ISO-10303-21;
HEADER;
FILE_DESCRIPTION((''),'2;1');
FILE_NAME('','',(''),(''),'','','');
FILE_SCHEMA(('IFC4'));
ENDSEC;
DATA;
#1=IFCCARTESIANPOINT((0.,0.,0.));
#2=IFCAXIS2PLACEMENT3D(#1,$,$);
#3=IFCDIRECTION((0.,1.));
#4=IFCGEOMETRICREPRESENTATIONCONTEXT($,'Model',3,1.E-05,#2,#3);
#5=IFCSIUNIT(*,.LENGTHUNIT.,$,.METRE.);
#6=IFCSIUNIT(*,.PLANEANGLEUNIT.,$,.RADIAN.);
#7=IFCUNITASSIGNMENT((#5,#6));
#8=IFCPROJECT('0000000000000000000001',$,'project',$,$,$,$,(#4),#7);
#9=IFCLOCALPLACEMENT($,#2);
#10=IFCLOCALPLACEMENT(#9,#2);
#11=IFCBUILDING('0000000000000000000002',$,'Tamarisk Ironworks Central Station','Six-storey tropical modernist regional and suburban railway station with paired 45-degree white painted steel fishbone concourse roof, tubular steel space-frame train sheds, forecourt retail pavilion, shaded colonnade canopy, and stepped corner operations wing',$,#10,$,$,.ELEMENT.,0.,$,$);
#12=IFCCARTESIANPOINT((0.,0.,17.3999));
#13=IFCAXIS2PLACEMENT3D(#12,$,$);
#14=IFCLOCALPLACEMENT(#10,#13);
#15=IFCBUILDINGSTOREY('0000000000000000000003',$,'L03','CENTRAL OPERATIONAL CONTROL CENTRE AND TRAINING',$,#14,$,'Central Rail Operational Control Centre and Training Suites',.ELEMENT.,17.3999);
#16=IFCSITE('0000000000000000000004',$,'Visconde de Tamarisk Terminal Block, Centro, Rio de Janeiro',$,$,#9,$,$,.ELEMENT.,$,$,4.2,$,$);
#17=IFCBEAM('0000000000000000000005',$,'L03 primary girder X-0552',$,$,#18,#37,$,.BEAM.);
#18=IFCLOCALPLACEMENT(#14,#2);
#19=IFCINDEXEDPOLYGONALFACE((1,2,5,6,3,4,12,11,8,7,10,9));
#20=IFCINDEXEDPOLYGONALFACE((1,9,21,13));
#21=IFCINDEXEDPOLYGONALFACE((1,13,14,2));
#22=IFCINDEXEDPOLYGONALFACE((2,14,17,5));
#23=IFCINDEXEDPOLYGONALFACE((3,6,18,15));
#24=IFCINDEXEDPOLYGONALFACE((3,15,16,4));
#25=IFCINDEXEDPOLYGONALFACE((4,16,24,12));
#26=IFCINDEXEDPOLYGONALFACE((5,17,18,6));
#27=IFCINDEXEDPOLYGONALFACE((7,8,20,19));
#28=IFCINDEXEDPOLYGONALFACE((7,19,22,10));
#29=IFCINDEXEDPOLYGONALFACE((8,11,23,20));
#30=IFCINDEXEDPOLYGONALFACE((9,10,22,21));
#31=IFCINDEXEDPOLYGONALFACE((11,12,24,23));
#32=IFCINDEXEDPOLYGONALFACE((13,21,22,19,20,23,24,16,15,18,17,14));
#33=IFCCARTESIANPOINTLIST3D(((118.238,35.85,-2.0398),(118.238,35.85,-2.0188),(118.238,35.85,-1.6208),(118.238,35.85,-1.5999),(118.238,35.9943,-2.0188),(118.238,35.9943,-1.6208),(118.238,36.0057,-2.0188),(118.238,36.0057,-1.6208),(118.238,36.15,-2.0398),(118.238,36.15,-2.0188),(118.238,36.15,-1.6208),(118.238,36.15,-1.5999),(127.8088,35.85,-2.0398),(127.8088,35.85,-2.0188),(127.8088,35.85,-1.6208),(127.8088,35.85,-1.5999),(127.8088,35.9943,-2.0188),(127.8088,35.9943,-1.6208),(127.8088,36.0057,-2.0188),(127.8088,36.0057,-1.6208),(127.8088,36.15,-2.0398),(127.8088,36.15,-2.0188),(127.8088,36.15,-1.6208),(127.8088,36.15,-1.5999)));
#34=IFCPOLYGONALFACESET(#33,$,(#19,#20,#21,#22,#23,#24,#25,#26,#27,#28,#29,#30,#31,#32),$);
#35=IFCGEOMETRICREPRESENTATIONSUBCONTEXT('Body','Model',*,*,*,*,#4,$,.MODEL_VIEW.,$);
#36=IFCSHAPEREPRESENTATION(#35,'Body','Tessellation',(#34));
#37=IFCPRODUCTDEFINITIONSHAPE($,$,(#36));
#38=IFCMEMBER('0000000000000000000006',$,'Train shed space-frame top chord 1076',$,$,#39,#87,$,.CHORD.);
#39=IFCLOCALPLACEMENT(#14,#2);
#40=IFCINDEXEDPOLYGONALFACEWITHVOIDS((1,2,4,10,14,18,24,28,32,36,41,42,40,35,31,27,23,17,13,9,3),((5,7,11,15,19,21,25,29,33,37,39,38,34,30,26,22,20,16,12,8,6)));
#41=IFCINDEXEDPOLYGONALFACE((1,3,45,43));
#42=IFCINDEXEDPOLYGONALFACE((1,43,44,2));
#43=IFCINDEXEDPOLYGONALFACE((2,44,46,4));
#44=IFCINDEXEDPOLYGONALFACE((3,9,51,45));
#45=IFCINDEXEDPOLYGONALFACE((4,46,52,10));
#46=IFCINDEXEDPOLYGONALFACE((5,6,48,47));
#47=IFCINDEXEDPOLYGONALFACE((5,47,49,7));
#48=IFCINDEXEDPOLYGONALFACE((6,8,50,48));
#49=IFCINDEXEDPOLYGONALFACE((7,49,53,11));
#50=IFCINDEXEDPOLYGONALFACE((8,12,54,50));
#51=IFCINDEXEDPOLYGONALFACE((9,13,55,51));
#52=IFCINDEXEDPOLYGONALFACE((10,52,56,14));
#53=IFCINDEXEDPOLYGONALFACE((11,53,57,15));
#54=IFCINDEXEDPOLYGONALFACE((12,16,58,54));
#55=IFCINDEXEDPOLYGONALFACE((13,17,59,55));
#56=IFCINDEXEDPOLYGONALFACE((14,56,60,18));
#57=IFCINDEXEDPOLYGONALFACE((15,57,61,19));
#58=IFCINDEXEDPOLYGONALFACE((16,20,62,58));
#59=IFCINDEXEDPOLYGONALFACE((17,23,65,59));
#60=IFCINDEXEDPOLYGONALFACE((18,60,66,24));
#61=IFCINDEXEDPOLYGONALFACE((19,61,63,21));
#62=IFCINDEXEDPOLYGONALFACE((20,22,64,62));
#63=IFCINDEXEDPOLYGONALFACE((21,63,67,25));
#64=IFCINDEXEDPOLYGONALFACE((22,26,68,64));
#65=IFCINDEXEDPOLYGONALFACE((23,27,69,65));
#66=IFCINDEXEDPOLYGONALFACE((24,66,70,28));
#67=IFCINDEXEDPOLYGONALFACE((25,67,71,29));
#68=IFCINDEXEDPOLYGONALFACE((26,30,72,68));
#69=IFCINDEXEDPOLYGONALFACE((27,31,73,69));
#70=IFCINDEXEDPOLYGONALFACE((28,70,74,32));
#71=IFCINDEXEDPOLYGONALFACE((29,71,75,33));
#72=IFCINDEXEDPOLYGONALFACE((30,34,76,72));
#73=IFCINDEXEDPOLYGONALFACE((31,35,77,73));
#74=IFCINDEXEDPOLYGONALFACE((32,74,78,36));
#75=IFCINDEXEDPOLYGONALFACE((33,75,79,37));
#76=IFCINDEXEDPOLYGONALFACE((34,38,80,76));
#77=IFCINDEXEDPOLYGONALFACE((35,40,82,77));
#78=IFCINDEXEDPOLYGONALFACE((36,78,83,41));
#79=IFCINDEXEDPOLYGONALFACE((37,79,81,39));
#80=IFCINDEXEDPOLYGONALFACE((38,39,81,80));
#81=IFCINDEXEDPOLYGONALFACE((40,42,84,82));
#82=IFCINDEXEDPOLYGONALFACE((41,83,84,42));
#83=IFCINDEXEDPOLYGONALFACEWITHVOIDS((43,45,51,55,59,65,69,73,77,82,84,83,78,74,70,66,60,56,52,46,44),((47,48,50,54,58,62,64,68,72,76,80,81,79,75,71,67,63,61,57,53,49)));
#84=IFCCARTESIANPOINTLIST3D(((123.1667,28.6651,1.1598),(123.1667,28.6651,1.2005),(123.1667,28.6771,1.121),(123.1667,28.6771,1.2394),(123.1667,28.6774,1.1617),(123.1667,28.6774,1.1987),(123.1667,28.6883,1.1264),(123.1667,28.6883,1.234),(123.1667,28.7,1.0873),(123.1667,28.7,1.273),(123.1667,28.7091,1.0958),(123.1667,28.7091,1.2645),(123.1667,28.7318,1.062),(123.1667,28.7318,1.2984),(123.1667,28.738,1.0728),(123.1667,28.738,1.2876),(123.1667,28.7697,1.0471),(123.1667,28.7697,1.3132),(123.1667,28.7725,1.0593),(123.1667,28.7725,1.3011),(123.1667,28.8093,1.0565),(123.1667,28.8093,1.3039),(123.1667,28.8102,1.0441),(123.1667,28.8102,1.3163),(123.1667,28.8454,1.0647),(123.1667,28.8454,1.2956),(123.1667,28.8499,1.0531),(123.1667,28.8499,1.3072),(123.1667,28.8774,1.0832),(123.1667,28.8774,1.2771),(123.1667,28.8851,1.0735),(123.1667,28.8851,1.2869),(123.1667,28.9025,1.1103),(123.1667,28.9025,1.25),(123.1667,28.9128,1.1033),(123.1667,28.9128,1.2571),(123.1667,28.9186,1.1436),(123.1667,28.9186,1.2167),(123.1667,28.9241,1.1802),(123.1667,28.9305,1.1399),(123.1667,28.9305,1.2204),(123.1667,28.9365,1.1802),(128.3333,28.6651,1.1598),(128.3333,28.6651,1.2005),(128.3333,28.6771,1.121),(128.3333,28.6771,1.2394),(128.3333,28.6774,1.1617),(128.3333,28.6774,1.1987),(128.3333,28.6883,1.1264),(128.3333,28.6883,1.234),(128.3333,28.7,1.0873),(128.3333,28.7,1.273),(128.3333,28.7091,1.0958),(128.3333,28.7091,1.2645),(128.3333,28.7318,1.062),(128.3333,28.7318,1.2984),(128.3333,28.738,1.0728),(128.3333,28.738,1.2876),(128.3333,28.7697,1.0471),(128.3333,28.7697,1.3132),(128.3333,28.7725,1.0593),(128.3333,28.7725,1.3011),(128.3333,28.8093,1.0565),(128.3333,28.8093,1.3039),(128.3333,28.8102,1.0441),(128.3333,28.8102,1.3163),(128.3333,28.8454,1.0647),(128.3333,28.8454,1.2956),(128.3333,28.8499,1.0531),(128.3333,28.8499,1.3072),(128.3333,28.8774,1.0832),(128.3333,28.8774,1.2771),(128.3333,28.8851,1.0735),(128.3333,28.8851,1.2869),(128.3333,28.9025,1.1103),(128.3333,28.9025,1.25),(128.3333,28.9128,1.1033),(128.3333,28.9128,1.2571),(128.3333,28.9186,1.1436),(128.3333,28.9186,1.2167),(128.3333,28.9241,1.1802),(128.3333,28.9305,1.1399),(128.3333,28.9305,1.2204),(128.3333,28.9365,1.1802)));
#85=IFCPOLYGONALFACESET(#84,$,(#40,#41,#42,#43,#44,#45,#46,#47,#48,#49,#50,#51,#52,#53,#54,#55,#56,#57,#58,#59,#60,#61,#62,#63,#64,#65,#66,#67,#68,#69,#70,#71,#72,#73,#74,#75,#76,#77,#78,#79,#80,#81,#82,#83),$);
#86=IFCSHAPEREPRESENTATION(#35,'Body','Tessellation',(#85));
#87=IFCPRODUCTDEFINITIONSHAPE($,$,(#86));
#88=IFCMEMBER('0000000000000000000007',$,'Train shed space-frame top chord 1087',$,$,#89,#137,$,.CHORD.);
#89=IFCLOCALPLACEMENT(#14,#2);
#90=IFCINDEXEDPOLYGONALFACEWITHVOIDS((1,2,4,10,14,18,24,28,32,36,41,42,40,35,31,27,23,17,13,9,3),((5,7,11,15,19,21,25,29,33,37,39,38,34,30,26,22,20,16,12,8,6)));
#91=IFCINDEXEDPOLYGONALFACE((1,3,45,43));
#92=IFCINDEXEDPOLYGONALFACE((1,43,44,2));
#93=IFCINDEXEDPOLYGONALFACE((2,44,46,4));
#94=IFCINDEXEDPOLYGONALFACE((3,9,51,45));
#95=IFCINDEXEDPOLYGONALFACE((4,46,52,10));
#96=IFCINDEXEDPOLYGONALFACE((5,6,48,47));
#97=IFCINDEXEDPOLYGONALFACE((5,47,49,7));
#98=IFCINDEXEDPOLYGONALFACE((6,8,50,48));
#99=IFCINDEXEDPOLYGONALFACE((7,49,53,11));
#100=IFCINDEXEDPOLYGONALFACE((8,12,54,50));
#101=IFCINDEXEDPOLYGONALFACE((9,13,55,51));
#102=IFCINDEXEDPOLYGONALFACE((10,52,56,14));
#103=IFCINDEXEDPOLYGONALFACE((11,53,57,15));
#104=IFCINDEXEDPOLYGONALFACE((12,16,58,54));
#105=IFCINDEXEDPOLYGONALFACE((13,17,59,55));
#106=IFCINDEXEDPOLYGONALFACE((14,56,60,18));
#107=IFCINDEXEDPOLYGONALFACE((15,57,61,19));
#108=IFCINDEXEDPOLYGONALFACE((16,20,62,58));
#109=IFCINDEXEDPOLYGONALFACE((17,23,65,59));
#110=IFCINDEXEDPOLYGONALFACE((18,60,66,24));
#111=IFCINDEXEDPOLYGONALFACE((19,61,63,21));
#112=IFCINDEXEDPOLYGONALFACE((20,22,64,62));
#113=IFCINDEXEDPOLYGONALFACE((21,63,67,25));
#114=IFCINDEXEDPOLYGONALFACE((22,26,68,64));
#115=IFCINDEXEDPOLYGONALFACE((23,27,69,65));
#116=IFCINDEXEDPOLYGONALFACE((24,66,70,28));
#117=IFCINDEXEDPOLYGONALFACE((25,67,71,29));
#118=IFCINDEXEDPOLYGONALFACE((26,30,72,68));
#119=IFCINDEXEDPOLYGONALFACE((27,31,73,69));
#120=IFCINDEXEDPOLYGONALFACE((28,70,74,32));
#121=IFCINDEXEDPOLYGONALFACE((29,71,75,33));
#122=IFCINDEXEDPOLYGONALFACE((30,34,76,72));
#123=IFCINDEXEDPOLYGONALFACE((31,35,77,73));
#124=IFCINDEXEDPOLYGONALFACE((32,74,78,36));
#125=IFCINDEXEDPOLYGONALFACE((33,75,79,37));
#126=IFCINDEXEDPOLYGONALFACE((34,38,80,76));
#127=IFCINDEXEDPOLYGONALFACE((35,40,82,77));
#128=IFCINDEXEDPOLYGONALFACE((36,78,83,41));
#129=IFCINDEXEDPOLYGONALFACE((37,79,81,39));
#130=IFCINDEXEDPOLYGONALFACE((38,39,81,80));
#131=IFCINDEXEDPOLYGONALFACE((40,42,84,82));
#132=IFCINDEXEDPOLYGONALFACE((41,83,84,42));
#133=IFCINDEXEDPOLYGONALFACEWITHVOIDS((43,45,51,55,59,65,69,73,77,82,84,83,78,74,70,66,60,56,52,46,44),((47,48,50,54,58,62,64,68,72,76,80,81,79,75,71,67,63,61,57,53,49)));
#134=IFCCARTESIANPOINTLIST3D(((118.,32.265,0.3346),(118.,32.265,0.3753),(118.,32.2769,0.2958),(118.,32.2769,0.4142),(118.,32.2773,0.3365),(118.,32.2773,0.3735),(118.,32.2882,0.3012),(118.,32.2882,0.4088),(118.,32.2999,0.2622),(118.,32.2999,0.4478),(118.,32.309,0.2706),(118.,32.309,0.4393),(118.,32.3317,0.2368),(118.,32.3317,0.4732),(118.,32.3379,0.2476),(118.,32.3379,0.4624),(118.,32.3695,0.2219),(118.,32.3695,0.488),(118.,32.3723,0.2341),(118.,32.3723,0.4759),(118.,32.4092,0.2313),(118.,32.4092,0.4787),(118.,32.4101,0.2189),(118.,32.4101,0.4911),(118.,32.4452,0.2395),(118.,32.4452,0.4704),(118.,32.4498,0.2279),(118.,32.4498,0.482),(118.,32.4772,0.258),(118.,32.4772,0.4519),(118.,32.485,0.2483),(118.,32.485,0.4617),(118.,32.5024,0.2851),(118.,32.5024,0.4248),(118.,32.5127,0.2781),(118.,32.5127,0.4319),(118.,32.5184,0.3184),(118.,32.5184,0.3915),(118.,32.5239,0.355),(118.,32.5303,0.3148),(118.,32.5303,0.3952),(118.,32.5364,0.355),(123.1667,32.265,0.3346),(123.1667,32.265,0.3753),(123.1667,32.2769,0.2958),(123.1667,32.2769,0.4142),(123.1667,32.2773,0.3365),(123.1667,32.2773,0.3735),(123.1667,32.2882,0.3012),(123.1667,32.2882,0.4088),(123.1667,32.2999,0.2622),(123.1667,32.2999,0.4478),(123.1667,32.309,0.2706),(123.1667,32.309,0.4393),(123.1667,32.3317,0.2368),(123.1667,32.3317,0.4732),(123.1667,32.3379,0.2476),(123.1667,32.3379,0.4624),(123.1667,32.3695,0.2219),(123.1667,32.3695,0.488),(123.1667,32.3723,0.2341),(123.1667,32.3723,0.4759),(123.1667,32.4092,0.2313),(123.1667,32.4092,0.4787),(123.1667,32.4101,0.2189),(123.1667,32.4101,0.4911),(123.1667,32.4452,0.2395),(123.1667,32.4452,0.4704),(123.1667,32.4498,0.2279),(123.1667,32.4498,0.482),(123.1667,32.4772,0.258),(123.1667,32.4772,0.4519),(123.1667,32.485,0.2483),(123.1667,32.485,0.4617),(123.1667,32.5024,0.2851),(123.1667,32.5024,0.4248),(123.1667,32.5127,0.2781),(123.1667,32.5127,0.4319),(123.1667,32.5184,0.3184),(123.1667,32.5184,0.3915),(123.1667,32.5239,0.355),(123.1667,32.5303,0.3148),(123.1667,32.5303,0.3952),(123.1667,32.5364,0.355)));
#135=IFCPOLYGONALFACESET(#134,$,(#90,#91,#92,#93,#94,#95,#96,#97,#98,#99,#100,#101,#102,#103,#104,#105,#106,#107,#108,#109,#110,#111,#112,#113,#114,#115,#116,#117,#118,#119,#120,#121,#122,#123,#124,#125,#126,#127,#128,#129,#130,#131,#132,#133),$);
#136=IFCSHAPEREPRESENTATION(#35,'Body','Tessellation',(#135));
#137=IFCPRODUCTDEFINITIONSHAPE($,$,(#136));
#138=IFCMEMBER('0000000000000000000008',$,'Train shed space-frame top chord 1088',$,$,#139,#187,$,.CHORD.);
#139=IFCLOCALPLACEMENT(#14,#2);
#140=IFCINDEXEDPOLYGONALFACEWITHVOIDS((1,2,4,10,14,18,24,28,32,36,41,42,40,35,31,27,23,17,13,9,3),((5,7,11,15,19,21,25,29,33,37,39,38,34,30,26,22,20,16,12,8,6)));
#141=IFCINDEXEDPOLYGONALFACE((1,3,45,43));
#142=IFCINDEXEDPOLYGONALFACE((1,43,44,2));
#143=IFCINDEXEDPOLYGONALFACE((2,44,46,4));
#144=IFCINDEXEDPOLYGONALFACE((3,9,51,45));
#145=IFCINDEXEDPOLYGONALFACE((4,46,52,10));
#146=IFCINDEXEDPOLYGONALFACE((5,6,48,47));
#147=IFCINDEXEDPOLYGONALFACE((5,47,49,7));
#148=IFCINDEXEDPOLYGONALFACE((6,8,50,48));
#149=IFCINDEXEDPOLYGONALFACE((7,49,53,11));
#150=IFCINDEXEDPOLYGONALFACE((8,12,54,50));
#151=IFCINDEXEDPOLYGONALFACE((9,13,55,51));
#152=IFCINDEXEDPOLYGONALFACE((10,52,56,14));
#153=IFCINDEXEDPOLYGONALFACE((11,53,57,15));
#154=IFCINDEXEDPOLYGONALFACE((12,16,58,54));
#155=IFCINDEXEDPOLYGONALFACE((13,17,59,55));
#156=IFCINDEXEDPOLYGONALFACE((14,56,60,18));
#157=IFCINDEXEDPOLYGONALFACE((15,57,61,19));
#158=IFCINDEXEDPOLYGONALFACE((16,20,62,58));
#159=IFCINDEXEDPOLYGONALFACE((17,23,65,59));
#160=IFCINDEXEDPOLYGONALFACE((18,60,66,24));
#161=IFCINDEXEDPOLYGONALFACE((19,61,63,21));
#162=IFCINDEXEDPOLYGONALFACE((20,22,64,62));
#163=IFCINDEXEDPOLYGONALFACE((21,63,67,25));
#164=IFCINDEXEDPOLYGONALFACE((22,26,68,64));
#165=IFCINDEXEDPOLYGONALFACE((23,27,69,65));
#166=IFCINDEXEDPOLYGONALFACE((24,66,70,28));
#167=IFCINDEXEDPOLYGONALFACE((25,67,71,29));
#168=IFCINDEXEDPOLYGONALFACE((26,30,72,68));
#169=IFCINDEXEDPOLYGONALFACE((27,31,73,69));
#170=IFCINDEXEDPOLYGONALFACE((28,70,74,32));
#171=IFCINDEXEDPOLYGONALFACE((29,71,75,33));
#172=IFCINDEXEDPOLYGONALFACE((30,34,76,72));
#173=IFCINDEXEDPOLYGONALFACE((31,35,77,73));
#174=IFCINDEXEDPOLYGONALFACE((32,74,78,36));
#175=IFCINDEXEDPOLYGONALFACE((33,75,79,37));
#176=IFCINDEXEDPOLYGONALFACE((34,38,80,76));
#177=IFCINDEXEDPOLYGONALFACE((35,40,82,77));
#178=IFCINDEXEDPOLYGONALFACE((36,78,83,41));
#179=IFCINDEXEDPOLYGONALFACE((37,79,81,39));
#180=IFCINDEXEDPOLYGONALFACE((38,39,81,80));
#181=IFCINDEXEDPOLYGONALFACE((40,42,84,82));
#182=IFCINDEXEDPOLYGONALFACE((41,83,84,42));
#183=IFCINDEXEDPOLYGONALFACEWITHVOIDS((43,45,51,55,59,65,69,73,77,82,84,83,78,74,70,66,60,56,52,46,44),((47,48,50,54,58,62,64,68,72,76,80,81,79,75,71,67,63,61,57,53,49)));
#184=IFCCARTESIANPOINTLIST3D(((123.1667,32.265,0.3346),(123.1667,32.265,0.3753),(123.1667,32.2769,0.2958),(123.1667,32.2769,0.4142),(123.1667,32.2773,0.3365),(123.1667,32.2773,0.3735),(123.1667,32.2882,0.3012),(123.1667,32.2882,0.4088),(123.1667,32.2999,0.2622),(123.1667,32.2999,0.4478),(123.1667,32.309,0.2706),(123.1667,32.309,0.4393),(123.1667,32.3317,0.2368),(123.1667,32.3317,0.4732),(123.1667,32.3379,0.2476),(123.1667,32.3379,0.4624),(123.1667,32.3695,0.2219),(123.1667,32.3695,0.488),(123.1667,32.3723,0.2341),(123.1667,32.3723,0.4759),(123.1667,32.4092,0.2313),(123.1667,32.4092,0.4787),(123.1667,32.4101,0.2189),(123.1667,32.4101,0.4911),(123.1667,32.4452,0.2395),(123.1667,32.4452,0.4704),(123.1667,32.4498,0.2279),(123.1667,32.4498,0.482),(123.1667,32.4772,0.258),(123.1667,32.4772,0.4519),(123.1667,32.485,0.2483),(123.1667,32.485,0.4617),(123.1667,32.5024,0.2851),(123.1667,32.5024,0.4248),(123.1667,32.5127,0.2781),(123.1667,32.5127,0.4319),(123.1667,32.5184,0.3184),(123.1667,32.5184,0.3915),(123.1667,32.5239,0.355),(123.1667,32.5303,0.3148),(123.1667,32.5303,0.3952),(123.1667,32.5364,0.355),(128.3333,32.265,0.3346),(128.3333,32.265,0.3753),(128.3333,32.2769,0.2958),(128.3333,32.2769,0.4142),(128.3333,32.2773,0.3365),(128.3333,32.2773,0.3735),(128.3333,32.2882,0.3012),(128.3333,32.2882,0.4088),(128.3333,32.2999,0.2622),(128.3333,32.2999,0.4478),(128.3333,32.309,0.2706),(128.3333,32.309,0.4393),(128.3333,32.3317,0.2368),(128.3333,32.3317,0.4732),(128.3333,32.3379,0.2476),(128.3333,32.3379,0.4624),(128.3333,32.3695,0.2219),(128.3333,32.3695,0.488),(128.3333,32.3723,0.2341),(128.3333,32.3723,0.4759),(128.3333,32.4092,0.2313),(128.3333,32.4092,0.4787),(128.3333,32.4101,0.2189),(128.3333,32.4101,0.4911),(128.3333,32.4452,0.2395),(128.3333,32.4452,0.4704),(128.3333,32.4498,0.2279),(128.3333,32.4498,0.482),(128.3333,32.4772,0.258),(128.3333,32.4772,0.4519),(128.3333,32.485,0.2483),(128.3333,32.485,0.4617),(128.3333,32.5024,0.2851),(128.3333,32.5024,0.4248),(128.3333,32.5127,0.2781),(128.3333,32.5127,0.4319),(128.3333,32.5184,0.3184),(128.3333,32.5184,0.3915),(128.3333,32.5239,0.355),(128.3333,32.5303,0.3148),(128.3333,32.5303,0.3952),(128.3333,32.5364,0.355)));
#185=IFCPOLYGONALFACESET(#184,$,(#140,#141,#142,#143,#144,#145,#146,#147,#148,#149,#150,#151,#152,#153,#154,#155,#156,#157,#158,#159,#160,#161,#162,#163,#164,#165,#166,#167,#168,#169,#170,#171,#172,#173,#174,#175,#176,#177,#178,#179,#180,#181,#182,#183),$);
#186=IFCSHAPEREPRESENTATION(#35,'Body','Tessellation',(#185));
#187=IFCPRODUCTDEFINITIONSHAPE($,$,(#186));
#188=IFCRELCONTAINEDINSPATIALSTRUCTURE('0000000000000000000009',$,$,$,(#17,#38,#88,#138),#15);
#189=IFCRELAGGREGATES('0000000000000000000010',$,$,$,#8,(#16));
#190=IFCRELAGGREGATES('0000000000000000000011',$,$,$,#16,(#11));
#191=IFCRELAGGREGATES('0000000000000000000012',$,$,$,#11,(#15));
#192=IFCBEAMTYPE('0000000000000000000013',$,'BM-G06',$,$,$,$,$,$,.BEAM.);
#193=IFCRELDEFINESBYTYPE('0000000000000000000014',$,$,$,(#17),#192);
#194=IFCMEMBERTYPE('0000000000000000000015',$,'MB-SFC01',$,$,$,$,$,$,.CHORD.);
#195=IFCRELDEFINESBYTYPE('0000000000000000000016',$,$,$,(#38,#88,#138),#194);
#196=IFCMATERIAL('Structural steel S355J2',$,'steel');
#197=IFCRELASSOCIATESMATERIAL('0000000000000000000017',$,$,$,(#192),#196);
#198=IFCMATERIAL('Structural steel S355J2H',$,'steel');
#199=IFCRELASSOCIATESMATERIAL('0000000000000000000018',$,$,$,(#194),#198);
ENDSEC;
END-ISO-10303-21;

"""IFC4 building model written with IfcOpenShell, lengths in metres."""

from ifc_helpers import new_model, si_unit, direction, frame, origin, origin_2d, place, context, subcontext, project, spatial, hollow_circle, i_section, extrude, material, material_profile, profile_set, type_object, element, save


model = new_model("IFC4")

# Units and contexts
model_context = context("Model", 3, precision=1e-05, world=origin(), true_north=direction((0.0, 1.0)))
body_context = subcontext(model_context, "Body", "Model", "MODEL_VIEW")
ifc_project = project(units=[si_unit("LENGTHUNIT", "METRE"), si_unit("PLANEANGLEUNIT", "RADIAN")], contexts=[model_context])

# Site, building, storey
site_placement = place(None, origin())
site = spatial("IfcSite", under=ifc_project, at=site_placement, Name="Visconde de Tamarisk Terminal Block, Centro, Rio de Janeiro", CompositionType="ELEMENT", RefElevation=4.2)
building_placement = place(site_placement, origin())
building = spatial("IfcBuilding", under=site, at=building_placement, Name="Tamarisk Ironworks Central Station", Description="Six-storey tropical modernist regional and suburban railway station with paired 45-degree white painted steel fishbone concourse roof, tubular steel space-frame train sheds, forecourt retail pavilion, shaded colonnade canopy, and stepped corner operations wing", CompositionType="ELEMENT", ElevationOfRefHeight=0.0)
storey_placement = place(building_placement, frame((0.0, 0.0, 17.3999)))
storey = spatial("IfcBuildingStorey", under=building, at=storey_placement, Name="L03", Description="CENTRAL OPERATIONAL CONTROL CENTRE AND TRAINING", LongName="Central Rail Operational Control Centre and Training Suites", CompositionType="ELEMENT", Elevation=17.3999)

# Beam
ifc_material_1 = material(Name="Structural steel S355J2", Category="steel")
ifc_material_profile_1 = material_profile(ifc_material_1, i_section(OverallWidth=0.3, OverallDepth=0.4399, WebThickness=0.0115, FlangeThickness=0.021, at=origin_2d()), Name="HEA 450")
ifc_profile_set_1 = profile_set([ifc_material_profile_1], Name="Structural steel S355J2")
beam_type = type_object("IfcBeamType", Name="BM-G06", PredefinedType="BEAM", material=ifc_profile_set_1)
beam_placement = place(storey_placement, frame((118.238, 36.0, -1.8198), z_axis=(1.0, 0.0, 0.0), x_axis=(0.0, 1.0, 0.0)))
element("IfcBeam", 1, at=beam_placement, inside=storey, type_object=beam_type, Name="L03 primary girder X-0552", PredefinedType="BEAM", context=body_context, shape_type="SweptSolid", body=[
    extrude(i_section(OverallWidth=0.3, OverallDepth=0.4399, WebThickness=0.0115, FlangeThickness=0.021, at=origin_2d()), origin(), (0.0, 0.0, 1.0), 9.5708),
])

# Members
ifc_material_2 = material(Name="Structural steel S355J2H", Category="steel")
ifc_material_profile_2 = material_profile(ifc_material_2, hollow_circle(Radius=0.1365, WallThickness=0.0125, at=origin_2d()), Name="CHS 273x12.5")
ifc_profile_set_2 = profile_set([ifc_material_profile_2], Name="Structural steel S355J2H")
member_type_1 = type_object("IfcMemberType", Name="MB-SFC01", PredefinedType="CHORD", material=ifc_profile_set_2)
member_1_placement = place(storey_placement, frame((123.1667, 28.8, 1.1802), z_axis=(1.0, 0.0, 0.0), x_axis=(0.0, 1.0, 0.0)))
element("IfcMember", 2, at=member_1_placement, inside=storey, type_object=member_type_1, Name="Train shed space-frame top chord 1076", PredefinedType="CHORD", context=body_context, shape_type="SweptSolid", body=[
    extrude(hollow_circle(Radius=0.1365, WallThickness=0.0125, at=origin_2d()), origin(), (0.0, 0.0, 1.0), 5.1665),
])
member_2_placement = place(storey_placement, frame((118.0, 32.3999, 0.355), z_axis=(1.0, 0.0, 0.0), x_axis=(0.0, 1.0, 0.0)))
element("IfcMember", 3, at=member_2_placement, inside=storey, type_object=member_type_1, Name="Train shed space-frame top chord 1087", PredefinedType="CHORD", context=body_context, shape_type="SweptSolid", body=[
    extrude(hollow_circle(Radius=0.1365, WallThickness=0.0125, at=origin_2d()), origin(), (0.0, 0.0, 1.0), 5.1667),
])
member_3_placement = place(storey_placement, frame((123.1667, 32.3999, 0.355), z_axis=(1.0, 0.0, 0.0), x_axis=(0.0, 1.0, 0.0)))
element("IfcMember", 4, at=member_3_placement, inside=storey, type_object=member_type_1, Name="Train shed space-frame top chord 1088", PredefinedType="CHORD", context=body_context, shape_type="SweptSolid", body=[
    extrude(hollow_circle(Radius=0.1365, WallThickness=0.0125, at=origin_2d()), origin(), (0.0, 0.0, 1.0), 5.1665),
])

save(model, "model.ifc")
